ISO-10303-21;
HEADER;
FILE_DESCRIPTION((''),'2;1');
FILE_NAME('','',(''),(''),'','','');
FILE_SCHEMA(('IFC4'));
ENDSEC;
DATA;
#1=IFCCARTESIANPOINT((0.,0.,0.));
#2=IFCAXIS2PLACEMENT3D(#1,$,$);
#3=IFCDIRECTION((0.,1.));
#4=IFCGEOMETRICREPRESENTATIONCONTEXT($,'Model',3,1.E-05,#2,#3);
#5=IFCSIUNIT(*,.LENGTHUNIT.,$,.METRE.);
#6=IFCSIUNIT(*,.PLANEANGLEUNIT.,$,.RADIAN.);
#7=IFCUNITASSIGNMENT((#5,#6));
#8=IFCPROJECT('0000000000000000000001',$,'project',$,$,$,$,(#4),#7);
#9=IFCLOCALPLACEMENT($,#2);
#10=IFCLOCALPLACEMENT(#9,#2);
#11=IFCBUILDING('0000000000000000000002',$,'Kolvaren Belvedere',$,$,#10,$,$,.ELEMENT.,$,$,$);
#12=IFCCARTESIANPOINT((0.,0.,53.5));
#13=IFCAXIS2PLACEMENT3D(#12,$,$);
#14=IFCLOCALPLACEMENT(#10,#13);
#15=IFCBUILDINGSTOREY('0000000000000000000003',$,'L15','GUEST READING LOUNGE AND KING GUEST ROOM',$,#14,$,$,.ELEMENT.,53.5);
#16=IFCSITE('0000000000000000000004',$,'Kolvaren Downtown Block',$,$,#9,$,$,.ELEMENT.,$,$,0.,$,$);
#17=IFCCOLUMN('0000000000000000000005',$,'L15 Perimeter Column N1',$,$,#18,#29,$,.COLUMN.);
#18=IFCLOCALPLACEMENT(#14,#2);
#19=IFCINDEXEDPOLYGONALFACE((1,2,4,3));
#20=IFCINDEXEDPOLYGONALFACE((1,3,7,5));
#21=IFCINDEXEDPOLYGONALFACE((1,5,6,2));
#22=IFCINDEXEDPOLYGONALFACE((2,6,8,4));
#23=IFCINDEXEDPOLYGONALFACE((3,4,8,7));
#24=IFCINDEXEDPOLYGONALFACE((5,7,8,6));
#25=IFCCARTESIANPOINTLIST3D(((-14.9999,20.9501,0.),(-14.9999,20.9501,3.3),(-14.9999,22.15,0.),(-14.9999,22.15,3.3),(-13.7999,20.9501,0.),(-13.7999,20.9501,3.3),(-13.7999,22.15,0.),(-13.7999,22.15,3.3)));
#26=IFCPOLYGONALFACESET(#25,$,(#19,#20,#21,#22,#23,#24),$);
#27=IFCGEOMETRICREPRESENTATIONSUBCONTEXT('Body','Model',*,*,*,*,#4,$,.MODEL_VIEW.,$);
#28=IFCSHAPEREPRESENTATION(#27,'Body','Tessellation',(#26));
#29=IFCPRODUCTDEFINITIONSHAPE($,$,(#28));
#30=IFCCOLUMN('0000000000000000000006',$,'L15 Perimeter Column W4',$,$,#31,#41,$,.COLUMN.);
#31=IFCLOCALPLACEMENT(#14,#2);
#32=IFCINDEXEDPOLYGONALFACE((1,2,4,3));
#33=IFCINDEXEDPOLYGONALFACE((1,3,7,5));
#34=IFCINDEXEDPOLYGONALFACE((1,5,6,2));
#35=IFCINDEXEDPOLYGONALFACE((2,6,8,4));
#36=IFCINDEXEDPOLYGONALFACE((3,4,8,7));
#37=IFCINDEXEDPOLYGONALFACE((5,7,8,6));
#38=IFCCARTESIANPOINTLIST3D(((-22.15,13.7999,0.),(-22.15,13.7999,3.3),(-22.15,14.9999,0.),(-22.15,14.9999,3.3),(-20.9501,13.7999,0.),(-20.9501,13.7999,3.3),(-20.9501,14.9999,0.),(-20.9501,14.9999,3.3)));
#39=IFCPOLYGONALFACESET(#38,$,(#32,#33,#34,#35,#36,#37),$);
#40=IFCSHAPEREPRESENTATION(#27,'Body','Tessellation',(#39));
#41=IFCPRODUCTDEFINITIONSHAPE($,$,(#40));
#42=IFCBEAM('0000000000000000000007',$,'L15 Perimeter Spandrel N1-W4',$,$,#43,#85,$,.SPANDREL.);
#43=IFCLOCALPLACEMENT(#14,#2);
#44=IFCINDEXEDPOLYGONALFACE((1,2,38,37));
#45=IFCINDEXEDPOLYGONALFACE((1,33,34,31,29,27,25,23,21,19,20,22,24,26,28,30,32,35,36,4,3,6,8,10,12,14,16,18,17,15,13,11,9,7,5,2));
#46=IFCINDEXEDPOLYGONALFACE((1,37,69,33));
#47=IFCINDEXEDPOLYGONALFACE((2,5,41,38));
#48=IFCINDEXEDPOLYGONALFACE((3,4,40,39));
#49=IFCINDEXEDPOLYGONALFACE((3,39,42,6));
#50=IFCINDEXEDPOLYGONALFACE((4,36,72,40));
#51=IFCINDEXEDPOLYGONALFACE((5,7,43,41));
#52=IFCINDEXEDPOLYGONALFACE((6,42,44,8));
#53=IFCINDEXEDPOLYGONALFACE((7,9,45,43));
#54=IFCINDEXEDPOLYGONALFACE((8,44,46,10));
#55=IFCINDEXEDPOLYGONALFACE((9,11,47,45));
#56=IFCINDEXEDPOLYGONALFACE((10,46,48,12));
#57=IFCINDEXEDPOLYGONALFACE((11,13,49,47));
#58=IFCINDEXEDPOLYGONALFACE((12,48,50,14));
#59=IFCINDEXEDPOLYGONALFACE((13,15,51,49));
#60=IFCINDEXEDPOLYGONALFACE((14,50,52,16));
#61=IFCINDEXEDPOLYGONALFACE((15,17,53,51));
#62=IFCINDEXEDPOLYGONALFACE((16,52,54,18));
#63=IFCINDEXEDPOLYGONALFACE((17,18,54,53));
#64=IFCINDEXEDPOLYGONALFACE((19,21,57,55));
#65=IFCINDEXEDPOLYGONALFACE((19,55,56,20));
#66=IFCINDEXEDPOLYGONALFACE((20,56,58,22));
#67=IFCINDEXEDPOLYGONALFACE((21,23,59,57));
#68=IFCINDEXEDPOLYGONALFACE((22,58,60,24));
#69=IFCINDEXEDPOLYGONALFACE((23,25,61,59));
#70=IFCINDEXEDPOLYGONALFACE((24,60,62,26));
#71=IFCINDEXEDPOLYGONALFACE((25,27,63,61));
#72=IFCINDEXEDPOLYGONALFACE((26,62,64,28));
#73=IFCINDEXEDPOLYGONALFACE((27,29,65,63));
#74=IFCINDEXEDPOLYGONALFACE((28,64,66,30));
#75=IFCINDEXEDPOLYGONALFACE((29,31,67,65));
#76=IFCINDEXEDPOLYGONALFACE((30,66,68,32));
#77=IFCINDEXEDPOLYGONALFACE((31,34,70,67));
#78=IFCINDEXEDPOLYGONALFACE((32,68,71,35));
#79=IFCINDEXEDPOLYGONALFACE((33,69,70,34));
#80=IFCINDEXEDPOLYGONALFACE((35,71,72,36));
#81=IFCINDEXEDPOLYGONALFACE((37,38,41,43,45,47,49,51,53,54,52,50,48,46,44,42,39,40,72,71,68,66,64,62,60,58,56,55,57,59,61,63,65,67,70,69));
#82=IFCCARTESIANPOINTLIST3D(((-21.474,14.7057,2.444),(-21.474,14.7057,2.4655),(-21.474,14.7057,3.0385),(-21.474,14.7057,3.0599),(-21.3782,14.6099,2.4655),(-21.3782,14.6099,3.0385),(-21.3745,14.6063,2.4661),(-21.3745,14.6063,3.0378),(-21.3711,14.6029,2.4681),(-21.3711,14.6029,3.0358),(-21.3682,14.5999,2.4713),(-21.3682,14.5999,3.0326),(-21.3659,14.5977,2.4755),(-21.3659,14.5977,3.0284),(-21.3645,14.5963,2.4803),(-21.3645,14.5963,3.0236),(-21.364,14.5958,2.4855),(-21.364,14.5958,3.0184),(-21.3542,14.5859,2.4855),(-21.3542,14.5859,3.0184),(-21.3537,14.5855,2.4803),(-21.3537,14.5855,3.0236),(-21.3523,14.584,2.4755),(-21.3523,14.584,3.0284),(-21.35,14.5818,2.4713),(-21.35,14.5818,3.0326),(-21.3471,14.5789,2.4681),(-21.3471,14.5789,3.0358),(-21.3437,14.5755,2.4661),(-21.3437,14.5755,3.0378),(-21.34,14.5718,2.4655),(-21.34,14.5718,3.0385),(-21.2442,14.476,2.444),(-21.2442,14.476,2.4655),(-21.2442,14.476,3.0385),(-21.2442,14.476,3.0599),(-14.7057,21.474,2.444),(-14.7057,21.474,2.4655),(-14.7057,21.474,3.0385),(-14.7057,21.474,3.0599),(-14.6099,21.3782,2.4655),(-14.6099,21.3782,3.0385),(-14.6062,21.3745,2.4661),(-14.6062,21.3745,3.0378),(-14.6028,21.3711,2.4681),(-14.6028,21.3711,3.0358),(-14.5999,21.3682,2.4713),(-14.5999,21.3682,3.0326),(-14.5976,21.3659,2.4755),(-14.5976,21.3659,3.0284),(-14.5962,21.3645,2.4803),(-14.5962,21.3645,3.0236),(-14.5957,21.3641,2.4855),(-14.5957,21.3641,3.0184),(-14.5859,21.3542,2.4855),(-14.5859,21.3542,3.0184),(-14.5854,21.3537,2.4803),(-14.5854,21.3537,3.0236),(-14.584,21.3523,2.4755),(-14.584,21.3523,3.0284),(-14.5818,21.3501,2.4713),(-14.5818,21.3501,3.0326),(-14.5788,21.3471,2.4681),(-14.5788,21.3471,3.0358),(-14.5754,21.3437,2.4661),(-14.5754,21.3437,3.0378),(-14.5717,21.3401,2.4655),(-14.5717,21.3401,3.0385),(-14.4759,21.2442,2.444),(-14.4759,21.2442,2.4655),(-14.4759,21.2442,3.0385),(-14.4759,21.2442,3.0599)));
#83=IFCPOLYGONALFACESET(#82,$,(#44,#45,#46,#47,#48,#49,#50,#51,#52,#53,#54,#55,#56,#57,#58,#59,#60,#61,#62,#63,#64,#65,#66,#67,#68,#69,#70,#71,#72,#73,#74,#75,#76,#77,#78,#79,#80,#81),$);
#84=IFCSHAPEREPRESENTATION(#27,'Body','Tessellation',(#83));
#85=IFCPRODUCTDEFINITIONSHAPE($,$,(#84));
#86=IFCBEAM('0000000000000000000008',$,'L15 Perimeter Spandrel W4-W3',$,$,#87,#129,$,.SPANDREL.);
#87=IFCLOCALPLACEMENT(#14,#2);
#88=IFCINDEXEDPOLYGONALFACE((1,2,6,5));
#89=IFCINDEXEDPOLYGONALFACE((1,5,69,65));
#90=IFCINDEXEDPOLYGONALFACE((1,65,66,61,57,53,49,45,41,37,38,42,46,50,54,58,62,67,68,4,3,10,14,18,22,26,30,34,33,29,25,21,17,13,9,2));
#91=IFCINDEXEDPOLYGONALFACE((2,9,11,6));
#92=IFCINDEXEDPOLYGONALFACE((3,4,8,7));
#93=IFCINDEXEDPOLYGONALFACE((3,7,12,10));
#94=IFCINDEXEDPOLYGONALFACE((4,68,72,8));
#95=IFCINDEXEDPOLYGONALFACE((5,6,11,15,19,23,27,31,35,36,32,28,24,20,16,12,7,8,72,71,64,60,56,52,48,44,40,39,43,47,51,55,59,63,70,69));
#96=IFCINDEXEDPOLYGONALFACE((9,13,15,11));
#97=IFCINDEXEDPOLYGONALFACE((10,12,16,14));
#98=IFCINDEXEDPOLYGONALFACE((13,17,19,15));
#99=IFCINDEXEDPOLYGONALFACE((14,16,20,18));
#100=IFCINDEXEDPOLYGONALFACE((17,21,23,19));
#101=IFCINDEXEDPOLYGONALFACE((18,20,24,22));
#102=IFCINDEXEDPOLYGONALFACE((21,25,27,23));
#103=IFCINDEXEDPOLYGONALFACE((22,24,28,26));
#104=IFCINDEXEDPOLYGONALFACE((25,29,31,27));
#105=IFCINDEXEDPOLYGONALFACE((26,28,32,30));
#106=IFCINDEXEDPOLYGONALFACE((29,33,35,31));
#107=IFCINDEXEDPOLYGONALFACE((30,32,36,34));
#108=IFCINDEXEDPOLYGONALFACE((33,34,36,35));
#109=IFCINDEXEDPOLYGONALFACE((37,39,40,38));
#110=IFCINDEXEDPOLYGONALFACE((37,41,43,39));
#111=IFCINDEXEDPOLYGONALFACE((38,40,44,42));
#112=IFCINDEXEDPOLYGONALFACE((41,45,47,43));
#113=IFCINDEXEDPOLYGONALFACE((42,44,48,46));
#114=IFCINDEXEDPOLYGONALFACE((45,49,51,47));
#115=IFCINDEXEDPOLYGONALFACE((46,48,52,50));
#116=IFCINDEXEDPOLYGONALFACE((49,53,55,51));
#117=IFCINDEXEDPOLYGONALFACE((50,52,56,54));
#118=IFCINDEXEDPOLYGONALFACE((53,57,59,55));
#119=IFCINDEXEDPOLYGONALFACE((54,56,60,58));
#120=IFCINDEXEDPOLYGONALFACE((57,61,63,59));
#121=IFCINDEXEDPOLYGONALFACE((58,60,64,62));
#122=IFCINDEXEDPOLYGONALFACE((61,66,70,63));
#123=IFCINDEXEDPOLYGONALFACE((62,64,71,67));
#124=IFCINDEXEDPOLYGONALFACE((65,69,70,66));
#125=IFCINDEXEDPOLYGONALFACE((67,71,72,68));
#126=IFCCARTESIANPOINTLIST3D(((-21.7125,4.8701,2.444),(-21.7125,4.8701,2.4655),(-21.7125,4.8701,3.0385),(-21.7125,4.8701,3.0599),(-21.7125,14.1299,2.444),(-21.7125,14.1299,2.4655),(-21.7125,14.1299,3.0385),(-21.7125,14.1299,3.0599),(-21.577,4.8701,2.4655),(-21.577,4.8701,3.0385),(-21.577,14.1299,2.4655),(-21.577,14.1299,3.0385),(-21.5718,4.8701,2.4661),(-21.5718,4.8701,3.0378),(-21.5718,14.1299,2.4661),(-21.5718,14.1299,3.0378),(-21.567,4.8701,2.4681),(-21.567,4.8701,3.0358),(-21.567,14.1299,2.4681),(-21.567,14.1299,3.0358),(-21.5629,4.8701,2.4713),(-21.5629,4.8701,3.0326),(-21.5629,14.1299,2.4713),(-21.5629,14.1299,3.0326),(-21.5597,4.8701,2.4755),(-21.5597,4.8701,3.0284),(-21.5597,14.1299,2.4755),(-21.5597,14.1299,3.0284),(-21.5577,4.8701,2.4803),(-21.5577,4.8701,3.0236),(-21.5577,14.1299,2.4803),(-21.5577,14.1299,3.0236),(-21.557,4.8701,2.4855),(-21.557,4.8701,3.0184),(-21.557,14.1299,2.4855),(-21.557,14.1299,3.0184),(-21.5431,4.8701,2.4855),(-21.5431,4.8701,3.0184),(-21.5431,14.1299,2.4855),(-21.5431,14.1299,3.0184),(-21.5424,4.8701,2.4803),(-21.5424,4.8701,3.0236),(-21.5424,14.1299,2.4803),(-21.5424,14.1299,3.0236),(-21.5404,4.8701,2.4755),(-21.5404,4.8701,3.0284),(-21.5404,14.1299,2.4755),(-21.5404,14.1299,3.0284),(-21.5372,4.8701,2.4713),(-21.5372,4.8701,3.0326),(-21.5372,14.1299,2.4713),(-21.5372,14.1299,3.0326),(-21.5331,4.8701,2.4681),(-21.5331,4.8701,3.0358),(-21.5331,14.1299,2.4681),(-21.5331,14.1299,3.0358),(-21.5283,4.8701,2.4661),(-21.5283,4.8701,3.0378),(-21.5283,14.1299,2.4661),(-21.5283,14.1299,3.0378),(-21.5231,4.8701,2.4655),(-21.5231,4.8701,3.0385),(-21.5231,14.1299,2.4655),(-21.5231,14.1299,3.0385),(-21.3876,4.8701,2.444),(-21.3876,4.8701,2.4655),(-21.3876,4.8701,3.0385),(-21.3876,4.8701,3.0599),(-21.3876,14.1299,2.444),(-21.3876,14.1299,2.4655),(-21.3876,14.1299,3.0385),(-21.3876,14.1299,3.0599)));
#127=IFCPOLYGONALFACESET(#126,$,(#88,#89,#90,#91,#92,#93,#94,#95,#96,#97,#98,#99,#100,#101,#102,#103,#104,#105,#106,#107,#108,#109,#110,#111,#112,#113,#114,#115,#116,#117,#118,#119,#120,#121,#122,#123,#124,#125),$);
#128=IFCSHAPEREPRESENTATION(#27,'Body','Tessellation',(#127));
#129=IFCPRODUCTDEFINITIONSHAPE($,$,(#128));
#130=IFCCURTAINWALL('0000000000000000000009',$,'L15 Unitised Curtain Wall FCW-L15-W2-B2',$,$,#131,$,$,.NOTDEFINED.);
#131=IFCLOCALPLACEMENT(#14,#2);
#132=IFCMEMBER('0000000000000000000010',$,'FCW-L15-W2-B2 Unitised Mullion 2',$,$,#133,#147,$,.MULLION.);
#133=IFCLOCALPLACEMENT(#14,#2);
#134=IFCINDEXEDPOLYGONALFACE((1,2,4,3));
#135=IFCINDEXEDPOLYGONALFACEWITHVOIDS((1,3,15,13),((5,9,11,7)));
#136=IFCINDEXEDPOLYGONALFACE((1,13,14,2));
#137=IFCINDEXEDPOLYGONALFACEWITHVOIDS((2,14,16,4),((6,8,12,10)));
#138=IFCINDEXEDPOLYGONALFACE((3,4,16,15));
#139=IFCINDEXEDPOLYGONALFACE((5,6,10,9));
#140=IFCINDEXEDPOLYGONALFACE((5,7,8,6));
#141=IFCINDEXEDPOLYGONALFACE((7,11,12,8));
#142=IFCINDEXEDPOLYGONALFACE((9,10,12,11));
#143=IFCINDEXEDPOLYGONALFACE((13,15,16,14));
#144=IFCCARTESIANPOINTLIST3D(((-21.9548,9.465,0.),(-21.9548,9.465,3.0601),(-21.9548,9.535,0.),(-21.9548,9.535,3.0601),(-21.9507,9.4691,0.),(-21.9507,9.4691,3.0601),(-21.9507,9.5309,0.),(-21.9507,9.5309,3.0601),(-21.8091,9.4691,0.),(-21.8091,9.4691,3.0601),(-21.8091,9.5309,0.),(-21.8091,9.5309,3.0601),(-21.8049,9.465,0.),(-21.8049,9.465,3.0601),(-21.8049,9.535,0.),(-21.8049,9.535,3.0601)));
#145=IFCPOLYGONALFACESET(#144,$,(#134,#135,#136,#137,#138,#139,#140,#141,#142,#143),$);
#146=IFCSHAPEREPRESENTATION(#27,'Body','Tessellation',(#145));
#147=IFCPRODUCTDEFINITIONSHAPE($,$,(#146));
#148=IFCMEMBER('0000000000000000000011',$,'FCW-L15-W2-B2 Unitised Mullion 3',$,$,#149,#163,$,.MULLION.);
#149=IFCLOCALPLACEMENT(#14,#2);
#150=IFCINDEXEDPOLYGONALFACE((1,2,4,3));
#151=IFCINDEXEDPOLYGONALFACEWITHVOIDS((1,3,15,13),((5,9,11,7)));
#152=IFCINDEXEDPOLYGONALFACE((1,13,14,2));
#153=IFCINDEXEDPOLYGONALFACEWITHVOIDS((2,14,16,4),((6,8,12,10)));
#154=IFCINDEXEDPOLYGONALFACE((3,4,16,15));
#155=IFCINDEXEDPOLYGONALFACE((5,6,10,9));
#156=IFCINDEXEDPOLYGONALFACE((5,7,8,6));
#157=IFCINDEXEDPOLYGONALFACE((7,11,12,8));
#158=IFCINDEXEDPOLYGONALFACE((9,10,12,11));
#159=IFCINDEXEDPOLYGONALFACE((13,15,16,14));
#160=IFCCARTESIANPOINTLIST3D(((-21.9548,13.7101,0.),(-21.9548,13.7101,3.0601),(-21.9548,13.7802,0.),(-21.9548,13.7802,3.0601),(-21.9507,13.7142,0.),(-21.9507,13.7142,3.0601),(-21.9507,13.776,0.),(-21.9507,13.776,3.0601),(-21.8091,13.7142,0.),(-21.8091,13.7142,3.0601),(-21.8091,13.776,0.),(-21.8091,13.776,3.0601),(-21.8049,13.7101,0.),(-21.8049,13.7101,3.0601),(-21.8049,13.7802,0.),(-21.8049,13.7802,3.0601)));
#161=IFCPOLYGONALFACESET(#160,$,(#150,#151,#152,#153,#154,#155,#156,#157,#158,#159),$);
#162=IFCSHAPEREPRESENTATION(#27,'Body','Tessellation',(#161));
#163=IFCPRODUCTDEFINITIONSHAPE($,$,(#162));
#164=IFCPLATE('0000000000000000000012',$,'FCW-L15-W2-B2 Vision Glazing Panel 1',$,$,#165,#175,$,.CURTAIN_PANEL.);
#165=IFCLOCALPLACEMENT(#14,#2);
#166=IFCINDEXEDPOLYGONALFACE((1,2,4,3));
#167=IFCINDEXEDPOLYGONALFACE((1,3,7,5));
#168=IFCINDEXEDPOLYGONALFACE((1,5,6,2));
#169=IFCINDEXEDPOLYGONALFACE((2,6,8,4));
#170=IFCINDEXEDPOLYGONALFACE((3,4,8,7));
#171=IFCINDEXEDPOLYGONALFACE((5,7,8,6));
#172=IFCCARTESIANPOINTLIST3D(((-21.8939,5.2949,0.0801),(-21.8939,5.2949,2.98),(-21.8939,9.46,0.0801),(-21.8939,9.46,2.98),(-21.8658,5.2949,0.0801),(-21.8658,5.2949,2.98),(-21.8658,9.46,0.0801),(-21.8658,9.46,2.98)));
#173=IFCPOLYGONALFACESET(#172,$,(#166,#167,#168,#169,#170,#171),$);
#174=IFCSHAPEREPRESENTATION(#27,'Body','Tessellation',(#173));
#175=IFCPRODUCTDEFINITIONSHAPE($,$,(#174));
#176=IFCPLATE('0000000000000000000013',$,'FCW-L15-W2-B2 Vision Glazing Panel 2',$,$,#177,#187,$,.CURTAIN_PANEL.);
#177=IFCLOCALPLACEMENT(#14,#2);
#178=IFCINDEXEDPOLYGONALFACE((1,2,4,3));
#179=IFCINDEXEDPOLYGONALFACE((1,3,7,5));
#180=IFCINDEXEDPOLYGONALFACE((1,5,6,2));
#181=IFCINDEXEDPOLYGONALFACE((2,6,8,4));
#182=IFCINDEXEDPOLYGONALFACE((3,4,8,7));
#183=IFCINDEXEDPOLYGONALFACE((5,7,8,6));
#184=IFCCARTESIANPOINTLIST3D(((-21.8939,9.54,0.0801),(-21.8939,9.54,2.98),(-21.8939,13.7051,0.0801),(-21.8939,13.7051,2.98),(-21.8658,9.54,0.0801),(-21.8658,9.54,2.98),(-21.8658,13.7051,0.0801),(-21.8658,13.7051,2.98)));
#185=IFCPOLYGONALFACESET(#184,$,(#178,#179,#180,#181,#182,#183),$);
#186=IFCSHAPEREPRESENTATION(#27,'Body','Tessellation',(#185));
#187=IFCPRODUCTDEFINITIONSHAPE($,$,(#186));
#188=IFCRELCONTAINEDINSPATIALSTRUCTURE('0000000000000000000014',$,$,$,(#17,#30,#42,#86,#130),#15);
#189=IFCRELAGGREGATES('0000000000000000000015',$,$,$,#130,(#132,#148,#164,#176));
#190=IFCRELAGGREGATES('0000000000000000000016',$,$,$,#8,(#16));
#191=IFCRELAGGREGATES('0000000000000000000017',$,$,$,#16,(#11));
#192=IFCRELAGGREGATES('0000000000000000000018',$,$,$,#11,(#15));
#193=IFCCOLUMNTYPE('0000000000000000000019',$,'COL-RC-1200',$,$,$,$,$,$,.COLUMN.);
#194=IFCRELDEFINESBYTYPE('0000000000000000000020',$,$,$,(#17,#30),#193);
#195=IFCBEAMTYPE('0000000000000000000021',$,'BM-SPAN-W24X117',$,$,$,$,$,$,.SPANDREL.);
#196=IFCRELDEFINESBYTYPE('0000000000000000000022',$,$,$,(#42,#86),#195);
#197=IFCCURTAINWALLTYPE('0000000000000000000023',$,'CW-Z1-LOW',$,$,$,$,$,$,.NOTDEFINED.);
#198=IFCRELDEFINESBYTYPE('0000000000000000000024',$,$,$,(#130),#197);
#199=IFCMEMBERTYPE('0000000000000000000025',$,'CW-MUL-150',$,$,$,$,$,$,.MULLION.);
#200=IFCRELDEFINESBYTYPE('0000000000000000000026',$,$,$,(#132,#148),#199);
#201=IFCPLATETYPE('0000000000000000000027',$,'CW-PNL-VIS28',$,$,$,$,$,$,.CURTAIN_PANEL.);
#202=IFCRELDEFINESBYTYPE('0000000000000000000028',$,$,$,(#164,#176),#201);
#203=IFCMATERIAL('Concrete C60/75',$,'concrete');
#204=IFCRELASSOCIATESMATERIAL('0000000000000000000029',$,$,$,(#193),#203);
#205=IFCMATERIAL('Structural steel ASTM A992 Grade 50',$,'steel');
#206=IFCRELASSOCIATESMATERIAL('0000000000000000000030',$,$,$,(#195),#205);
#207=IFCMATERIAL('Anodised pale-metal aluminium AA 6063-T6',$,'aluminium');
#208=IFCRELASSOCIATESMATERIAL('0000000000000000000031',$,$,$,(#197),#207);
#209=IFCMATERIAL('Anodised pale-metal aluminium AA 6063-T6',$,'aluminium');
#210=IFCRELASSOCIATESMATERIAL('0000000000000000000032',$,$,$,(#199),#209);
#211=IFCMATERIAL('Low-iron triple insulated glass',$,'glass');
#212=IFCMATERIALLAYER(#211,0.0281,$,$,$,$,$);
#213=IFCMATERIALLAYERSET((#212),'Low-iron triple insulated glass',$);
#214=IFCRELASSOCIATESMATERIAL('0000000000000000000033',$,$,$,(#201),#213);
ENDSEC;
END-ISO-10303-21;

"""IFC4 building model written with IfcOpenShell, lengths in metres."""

from ifc_helpers import new_model, si_unit, direction, frame, origin, origin_2d, place, context, subcontext, project, spatial, rectangle, hollow_rectangle, i_section, extrude, material, layer, layer_set, material_profile, profile_set, type_object, element, aggregate, save


model = new_model("IFC4")

# Units and contexts
model_context = context("Model", 3, precision=1e-05, world=origin(), true_north=direction((0.0, 1.0)))
body_context = subcontext(model_context, "Body", "Model", "MODEL_VIEW")
ifc_project = project(units=[si_unit("LENGTHUNIT", "METRE"), si_unit("PLANEANGLEUNIT", "RADIAN")], contexts=[model_context])

# Site, building, storey
site_placement = place(None, origin())
site = spatial("IfcSite", under=ifc_project, at=site_placement, Name="Kolvaren Downtown Block", CompositionType="ELEMENT", RefElevation=0.0)
building_placement = place(site_placement, origin())
building = spatial("IfcBuilding", under=site, at=building_placement, Name="Kolvaren Belvedere", CompositionType="ELEMENT")
storey_placement = place(building_placement, frame((0.0, 0.0, 53.5)))
storey = spatial("IfcBuildingStorey", under=building, at=storey_placement, Name="L15", Description="GUEST READING LOUNGE AND KING GUEST ROOM", CompositionType="ELEMENT", Elevation=53.5)

# Columns
ifc_material_1 = material(Name="Concrete C60/75", Category="concrete")
ifc_material_profile_1 = material_profile(ifc_material_1, rectangle(XDim=1.2, YDim=1.2, at=origin_2d()), Name="RC 1200X1200")
ifc_profile_set_1 = profile_set([ifc_material_profile_1], Name="Concrete C60/75")
column_type = type_object("IfcColumnType", Name="COL-RC-1200", PredefinedType="COLUMN", material=ifc_profile_set_1)
for number, where, z_axis, x_axis, name in (
    (1, (-14.3999, 21.55, 0.0), (0.0, 0.0, 1.0), (1.0, 0.0, 0.0), "L15 Perimeter Column N1"),
    (2, (-21.55, 14.3999, 0.0), (0.0, 0.0, 1.0), (1.0, 0.0, 0.0), "L15 Perimeter Column W4"),
):
    element("IfcColumn", number, at=place(storey_placement, frame(where, z_axis=z_axis, x_axis=x_axis)), inside=storey, type_object=column_type, Name=name, PredefinedType="COLUMN", context=body_context, shape_type="SweptSolid", body=[
        extrude(rectangle(XDim=1.2, YDim=1.2, at=origin_2d()), origin(), (0.0, 0.0, 1.0), 3.3),
    ])

# Beams
ifc_material_2 = material(Name="Structural steel ASTM A992 Grade 50", Category="steel")
ifc_material_profile_2 = material_profile(ifc_material_2, i_section(OverallWidth=0.325, OverallDepth=0.616, WebThickness=0.0139, FlangeThickness=0.0215, FilletRadius=0.02, at=origin_2d()), Name="W24X117")
ifc_profile_set_2 = profile_set([ifc_material_profile_2], Name="Structural steel ASTM A992 Grade 50")
beam_type = type_object("IfcBeamType", Name="BM-SPAN-W24X117", PredefinedType="SPANDREL", material=ifc_profile_set_2)
beam_1_placement = place(storey_placement, frame((-14.5908, 21.3591, 2.752), z_axis=(-0.707107, -0.707107, 0.0), x_axis=(0.707107, -0.707107, 0.0)))
element("IfcBeam", 3, at=beam_1_placement, inside=storey, type_object=beam_type, Name="L15 Perimeter Spandrel N1-W4", PredefinedType="SPANDREL", context=body_context, shape_type="SweptSolid", body=[
    extrude(i_section(OverallWidth=0.325, OverallDepth=0.616, WebThickness=0.0139, FlangeThickness=0.0215, FilletRadius=0.02, at=origin_2d()), origin(), (0.0, 0.0, 1.0), 9.5718),
])
beam_2_placement = place(storey_placement, frame((-21.55, 14.1299, 2.752), z_axis=(0.0, -1.0, 0.0), x_axis=(1.0, 0.0, 0.0)))
element("IfcBeam", 4, at=beam_2_placement, inside=storey, type_object=beam_type, Name="L15 Perimeter Spandrel W4-W3", PredefinedType="SPANDREL", context=body_context, shape_type="SweptSolid", body=[
    extrude(i_section(OverallWidth=0.325, OverallDepth=0.616, WebThickness=0.0139, FlangeThickness=0.0215, FilletRadius=0.02, at=origin_2d()), origin(), (0.0, 0.0, 1.0), 9.2598),
])

# Curtain wall, members, plates
ifc_material_3 = material(Name="Anodised pale-metal aluminium AA 6063-T6", Category="aluminium")
curtain_wall_type = type_object("IfcCurtainWallType", Name="CW-Z1-LOW", PredefinedType="NOTDEFINED", material=ifc_material_3)
curtain_wall_placement = place(storey_placement, origin())
curtain_wall = element("IfcCurtainWall", 5, at=curtain_wall_placement, inside=storey, type_object=curtain_wall_type, Name="L15 Unitised Curtain Wall FCW-L15-W2-B2", PredefinedType="NOTDEFINED")
ifc_material_4 = material(Name="Anodised pale-metal aluminium AA 6063-T6", Category="aluminium")
ifc_material_profile_3 = material_profile(ifc_material_4, hollow_rectangle(XDim=0.0701, YDim=0.1499, WallThickness=0.0042, at=origin_2d()), Name="ALU-MUL-150X70")
ifc_profile_set_3 = profile_set([ifc_material_profile_3], Name="Anodised pale-metal aluminium AA 6063-T6")
member_type = type_object("IfcMemberType", Name="CW-MUL-150", PredefinedType="MULLION", material=ifc_profile_set_3)
member_1_placement = place(storey_placement, frame((-21.8799, 9.5, 0.0), z_axis=(0.0, 0.0, 1.0), x_axis=(0.0, 1.0, 0.0)))
member_1 = element("IfcMember", 6, at=member_1_placement, type_object=member_type, Name="FCW-L15-W2-B2 Unitised Mullion 2", PredefinedType="MULLION", context=body_context, shape_type="SweptSolid", body=[
    extrude(hollow_rectangle(XDim=0.0701, YDim=0.1499, WallThickness=0.0042, at=origin_2d()), origin(), (0.0, 0.0, 1.0), 3.0601),
])
member_2_placement = place(storey_placement, frame((-21.8799, 13.7451, 0.0), z_axis=(0.0, 0.0, 1.0), x_axis=(0.0, 1.0, 0.0)))
member_2 = element("IfcMember", 7, at=member_2_placement, type_object=member_type, Name="FCW-L15-W2-B2 Unitised Mullion 3", PredefinedType="MULLION", context=body_context, shape_type="SweptSolid", body=[
    extrude(hollow_rectangle(XDim=0.0701, YDim=0.1499, WallThickness=0.0042, at=origin_2d()), origin(), (0.0, 0.0, 1.0), 3.0601),
])
ifc_material_5 = material(Name="Low-iron triple insulated glass", Category="glass")
ifc_layer_1 = layer(ifc_material_5, 0.0281)
ifc_layer_set_1 = layer_set([ifc_layer_1], Name="Low-iron triple insulated glass")
plate_type_1 = type_object("IfcPlateType", Name="CW-PNL-VIS28", PredefinedType="CURTAIN_PANEL", material=ifc_layer_set_1)
plate_1_placement = place(storey_placement, frame((-21.8799, 7.3774, 0.0801), z_axis=(0.0, 0.0, 1.0), x_axis=(0.0, 1.0, 0.0)))
plate_1 = element("IfcPlate", 8, at=plate_1_placement, type_object=plate_type_1, Name="FCW-L15-W2-B2 Vision Glazing Panel 1", PredefinedType="CURTAIN_PANEL", context=body_context, shape_type="SweptSolid", body=[
    extrude(rectangle(XDim=4.165, YDim=0.0281, at=origin_2d()), origin(), (0.0, 0.0, 1.0), 2.8999),
])
plate_2_placement = place(storey_placement, frame((-21.8799, 11.6226, 0.0801), z_axis=(0.0, 0.0, 1.0), x_axis=(0.0, 1.0, 0.0)))
plate_2 = element("IfcPlate", 9, at=plate_2_placement, type_object=plate_type_1, Name="FCW-L15-W2-B2 Vision Glazing Panel 2", PredefinedType="CURTAIN_PANEL", context=body_context, shape_type="SweptSolid", body=[
    extrude(rectangle(XDim=4.165, YDim=0.0281, at=origin_2d()), origin(), (0.0, 0.0, 1.0), 2.8999),
])
aggregate(curtain_wall, [member_1, member_2, plate_1, plate_2])

save(model, "model.ifc")
